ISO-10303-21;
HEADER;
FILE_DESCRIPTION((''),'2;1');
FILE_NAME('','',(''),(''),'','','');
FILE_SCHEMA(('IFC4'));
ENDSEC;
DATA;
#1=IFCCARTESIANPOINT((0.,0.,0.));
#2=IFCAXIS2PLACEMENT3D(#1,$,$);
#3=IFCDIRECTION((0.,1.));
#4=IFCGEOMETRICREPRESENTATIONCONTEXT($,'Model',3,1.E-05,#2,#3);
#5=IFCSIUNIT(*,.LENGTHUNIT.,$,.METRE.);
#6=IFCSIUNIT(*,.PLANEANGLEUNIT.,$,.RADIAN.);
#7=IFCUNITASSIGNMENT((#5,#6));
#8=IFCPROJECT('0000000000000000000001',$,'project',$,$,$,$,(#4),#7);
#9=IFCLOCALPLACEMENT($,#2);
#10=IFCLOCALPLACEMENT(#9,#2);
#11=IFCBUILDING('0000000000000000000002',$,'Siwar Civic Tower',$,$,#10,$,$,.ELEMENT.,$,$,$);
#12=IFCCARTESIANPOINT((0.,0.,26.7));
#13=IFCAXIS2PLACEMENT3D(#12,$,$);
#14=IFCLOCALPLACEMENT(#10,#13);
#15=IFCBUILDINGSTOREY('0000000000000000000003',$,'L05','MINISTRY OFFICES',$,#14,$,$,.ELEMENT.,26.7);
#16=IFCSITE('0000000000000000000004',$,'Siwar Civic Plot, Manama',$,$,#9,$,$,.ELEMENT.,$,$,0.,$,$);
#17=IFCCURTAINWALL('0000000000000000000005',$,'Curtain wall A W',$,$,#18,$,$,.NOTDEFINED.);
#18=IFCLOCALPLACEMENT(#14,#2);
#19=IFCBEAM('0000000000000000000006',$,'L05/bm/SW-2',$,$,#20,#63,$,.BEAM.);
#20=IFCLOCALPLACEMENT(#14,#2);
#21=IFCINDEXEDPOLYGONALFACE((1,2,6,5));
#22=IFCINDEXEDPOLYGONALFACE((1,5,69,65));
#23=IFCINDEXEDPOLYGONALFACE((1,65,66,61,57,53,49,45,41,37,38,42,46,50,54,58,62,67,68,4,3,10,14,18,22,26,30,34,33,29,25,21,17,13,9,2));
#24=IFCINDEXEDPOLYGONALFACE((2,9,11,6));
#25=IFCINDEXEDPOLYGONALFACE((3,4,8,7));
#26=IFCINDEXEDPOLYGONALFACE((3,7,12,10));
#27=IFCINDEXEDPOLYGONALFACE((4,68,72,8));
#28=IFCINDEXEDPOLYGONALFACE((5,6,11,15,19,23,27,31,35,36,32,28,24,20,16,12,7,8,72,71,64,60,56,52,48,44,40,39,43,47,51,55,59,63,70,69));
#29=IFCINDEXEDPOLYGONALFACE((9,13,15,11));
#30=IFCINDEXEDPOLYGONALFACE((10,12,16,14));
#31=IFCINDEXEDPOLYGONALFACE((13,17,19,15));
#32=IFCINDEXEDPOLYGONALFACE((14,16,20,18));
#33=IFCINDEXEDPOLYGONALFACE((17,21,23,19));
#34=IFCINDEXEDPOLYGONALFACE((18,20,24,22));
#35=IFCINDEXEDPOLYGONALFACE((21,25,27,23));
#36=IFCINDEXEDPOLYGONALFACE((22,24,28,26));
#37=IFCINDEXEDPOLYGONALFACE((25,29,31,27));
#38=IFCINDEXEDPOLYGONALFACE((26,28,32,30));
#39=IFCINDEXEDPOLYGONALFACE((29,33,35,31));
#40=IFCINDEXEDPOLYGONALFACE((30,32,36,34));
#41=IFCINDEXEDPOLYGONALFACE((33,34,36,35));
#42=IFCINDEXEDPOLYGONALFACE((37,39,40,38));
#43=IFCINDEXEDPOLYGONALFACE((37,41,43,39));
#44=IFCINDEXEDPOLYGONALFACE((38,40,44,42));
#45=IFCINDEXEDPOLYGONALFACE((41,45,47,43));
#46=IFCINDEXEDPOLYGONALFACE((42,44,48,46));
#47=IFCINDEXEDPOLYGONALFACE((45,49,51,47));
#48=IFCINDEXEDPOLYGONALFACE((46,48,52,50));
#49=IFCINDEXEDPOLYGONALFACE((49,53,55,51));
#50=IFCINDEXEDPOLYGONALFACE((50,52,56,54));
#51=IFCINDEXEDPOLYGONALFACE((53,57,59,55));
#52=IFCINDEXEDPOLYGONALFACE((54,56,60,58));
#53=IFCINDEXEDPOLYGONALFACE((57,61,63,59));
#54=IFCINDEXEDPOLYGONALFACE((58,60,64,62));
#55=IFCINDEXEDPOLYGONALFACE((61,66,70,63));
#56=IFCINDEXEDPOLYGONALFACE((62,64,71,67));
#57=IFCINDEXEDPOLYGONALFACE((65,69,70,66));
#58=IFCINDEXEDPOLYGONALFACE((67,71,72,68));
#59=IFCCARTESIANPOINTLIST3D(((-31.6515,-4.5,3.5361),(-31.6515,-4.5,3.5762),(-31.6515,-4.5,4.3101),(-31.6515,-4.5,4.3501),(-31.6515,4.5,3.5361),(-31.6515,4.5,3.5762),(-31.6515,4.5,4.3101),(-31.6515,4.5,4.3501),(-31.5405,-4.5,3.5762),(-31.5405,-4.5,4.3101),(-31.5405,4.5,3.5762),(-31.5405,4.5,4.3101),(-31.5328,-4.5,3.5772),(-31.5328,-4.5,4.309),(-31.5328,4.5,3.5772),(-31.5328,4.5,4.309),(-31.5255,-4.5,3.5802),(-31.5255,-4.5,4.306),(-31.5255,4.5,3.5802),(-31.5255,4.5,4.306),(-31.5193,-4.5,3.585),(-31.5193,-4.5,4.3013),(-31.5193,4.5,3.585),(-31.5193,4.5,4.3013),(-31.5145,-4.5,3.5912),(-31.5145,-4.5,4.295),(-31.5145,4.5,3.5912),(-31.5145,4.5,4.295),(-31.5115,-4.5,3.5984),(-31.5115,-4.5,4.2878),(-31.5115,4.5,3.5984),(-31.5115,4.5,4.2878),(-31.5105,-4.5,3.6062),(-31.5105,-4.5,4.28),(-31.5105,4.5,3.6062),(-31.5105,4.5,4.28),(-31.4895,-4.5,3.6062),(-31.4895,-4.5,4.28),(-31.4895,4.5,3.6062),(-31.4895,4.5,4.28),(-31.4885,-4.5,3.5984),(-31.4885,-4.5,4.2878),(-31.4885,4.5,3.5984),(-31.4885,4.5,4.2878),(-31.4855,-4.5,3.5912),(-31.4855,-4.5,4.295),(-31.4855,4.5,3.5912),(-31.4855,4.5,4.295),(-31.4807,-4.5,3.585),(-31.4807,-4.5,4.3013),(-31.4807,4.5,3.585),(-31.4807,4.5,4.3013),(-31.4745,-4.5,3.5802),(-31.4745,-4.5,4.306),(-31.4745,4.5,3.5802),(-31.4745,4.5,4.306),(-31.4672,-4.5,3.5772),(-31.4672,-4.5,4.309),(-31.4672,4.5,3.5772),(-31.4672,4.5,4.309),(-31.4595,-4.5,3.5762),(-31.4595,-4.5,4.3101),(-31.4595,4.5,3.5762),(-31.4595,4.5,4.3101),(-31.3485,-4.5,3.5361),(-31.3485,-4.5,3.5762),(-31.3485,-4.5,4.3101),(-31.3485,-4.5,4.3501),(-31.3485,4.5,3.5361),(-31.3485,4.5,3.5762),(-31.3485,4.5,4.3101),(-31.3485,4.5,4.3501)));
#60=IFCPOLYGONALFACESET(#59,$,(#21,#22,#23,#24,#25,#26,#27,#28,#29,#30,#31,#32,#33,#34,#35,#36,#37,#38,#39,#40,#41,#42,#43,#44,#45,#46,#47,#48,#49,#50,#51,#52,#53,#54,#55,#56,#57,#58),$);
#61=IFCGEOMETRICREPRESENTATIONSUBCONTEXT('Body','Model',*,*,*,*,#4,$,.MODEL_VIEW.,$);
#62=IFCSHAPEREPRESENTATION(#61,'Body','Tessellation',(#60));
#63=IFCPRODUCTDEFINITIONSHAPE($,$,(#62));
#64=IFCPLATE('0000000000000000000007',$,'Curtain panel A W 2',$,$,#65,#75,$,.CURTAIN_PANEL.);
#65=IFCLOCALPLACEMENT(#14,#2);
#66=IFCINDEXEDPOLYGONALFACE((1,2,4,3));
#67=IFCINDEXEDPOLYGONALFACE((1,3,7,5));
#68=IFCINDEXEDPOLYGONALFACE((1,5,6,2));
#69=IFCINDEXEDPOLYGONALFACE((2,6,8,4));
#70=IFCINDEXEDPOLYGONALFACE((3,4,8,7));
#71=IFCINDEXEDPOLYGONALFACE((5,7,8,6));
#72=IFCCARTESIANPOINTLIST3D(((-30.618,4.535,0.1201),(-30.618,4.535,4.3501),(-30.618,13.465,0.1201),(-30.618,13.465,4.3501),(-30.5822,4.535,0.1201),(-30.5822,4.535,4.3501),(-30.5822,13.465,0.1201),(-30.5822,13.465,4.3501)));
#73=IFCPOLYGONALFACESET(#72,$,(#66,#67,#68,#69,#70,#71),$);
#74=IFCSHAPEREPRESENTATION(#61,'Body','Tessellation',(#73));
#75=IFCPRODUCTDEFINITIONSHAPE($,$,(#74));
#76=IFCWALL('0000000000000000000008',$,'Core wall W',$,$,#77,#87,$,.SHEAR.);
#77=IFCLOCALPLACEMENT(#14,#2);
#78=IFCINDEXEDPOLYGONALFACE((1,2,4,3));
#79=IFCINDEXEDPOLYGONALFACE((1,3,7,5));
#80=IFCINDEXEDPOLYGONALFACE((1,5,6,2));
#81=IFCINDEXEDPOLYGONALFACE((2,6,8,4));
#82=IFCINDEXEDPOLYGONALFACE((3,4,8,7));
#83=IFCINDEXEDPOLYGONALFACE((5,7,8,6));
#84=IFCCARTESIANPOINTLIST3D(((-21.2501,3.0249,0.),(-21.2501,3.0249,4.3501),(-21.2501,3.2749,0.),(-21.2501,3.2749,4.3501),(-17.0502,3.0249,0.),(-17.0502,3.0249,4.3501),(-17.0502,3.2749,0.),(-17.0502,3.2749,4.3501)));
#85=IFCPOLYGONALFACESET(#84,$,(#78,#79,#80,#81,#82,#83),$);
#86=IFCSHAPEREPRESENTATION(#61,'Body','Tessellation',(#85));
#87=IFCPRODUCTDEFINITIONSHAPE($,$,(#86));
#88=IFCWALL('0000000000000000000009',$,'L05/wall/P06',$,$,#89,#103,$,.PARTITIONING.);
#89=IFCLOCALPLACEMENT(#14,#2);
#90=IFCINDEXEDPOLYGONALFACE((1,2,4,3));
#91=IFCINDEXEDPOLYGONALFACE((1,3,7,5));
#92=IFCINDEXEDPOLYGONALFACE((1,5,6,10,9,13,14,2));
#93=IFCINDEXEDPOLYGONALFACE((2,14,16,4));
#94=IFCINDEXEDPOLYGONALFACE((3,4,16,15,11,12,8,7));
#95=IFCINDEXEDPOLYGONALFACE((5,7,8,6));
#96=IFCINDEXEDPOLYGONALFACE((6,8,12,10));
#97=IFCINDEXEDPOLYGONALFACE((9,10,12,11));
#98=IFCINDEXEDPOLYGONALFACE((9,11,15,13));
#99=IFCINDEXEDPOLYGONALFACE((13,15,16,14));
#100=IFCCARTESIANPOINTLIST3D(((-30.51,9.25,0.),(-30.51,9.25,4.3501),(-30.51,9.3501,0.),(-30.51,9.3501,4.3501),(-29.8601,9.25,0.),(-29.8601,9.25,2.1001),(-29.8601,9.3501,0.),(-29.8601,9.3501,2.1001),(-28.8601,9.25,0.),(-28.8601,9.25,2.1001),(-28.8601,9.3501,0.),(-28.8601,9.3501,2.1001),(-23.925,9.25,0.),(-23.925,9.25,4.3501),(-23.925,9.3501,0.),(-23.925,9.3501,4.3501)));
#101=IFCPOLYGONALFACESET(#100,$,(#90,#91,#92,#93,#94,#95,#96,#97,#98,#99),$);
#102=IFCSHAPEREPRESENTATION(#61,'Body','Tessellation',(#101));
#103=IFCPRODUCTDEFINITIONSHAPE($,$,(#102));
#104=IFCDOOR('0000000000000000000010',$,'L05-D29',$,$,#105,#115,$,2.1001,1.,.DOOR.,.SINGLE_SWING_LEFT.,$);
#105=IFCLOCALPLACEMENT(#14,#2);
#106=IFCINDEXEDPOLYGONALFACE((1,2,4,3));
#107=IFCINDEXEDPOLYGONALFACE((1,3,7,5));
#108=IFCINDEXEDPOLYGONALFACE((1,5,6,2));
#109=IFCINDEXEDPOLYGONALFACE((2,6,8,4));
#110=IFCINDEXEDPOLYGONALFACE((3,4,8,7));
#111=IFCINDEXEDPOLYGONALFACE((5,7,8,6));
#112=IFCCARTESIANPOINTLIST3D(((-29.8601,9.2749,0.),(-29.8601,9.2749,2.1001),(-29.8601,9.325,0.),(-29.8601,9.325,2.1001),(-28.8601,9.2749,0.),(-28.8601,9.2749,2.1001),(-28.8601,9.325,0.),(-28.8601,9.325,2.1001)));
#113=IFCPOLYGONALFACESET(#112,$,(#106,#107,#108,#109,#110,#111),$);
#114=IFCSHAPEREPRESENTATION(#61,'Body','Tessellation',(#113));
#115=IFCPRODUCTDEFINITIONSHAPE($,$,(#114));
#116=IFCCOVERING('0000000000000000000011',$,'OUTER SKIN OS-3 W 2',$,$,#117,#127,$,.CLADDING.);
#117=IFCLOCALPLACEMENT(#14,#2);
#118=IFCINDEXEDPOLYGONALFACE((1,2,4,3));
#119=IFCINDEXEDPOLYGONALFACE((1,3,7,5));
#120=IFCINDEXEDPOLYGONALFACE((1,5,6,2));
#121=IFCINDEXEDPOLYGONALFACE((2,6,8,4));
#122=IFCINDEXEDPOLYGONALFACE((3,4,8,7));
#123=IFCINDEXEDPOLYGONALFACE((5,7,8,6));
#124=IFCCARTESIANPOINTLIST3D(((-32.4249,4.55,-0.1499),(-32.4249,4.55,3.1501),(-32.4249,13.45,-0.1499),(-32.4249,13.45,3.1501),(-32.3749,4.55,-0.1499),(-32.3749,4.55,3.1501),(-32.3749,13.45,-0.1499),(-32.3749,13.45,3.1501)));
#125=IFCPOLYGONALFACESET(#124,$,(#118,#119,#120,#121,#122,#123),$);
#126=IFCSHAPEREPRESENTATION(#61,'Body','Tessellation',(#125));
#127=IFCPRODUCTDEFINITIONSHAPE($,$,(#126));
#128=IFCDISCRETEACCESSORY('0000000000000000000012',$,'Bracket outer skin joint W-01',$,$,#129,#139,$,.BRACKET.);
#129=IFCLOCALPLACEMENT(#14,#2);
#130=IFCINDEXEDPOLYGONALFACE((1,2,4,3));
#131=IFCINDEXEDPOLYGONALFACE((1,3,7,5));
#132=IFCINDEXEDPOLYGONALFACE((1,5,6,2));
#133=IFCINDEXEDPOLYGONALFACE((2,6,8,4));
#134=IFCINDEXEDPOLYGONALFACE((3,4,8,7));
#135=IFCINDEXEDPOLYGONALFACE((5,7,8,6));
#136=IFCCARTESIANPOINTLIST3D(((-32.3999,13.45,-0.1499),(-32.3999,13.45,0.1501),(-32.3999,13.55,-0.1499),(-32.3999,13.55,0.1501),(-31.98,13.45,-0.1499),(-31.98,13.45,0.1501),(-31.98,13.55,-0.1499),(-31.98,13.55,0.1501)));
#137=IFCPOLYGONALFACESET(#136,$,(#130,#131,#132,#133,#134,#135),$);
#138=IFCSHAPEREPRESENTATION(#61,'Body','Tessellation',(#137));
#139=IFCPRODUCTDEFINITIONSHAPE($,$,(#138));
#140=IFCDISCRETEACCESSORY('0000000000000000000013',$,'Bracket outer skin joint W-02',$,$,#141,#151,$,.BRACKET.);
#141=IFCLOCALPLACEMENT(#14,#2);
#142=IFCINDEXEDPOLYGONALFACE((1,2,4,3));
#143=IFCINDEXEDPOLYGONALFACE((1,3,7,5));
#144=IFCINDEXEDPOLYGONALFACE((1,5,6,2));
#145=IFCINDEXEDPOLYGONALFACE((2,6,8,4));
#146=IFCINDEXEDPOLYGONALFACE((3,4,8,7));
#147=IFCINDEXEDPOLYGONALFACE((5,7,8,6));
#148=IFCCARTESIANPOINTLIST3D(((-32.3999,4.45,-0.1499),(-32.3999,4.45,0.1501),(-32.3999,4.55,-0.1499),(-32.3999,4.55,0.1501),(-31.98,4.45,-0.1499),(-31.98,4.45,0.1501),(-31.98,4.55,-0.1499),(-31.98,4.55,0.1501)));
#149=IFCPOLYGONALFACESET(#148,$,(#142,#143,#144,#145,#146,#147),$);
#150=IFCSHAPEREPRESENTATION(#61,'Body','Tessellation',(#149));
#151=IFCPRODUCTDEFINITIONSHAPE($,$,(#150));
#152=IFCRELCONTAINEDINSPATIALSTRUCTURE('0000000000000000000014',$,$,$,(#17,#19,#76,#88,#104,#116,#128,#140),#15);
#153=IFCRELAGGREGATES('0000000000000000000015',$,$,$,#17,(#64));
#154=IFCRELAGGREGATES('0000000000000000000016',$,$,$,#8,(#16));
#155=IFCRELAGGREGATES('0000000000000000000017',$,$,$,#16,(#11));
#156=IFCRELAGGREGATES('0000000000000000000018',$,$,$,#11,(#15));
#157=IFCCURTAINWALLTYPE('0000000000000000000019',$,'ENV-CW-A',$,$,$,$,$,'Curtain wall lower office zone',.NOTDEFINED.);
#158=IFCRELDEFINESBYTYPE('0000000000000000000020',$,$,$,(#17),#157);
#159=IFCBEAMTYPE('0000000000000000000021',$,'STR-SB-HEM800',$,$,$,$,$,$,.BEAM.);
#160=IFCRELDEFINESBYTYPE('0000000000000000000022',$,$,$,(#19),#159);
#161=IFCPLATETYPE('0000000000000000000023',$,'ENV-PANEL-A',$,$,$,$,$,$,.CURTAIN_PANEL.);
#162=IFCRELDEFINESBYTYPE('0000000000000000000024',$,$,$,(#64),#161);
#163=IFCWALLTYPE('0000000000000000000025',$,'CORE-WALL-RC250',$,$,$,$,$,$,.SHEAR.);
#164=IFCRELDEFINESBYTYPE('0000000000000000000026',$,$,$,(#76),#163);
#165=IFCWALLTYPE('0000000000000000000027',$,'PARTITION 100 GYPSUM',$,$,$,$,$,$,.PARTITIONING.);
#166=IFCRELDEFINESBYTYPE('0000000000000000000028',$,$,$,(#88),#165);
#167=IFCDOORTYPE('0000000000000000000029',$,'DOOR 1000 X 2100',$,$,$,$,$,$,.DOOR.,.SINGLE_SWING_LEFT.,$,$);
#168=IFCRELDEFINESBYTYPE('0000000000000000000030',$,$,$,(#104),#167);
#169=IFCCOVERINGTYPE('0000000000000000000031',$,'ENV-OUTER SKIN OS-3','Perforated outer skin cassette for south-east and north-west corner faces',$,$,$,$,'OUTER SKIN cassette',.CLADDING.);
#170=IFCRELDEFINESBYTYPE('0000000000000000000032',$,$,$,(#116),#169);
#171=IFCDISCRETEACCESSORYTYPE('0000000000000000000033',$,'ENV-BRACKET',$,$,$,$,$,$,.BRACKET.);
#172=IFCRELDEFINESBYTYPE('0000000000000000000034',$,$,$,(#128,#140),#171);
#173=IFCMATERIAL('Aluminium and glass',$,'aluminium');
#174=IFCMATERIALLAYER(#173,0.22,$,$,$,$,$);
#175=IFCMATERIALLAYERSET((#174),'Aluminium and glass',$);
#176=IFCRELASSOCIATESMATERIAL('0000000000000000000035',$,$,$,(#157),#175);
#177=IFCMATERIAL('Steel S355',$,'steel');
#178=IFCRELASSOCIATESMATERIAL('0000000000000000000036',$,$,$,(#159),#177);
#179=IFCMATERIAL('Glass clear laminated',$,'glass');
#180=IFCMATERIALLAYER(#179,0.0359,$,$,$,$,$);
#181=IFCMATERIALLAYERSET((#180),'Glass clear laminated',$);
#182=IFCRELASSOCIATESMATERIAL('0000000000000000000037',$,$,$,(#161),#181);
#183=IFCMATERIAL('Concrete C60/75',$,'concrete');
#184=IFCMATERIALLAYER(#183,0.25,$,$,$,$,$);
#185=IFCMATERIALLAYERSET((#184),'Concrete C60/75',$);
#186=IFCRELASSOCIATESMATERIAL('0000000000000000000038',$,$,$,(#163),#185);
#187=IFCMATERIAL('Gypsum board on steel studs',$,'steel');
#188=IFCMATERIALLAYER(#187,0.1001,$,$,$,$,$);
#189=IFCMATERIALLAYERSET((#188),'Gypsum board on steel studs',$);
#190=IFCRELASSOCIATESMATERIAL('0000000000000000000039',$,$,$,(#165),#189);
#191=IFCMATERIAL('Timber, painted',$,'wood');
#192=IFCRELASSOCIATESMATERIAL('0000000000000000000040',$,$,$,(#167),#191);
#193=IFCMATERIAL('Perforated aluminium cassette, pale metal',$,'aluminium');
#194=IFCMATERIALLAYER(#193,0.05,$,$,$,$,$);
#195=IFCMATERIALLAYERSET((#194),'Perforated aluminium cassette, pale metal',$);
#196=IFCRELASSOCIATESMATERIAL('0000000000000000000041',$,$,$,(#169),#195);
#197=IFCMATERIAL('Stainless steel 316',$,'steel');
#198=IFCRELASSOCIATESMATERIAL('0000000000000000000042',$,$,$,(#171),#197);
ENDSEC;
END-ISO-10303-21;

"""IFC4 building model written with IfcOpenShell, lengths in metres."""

from ifc_helpers import new_model, si_unit, direction, frame, frame_2d, origin, origin_2d, place, context, subcontext, project, spatial, rectangle, i_section, extrude, material, layer, layer_set, material_profile, profile_set, type_object, element, fill, aggregate, save


model = new_model("IFC4")

# Units and contexts
model_context = context("Model", 3, precision=1e-05, world=origin(), true_north=direction((0.0, 1.0)))
body_context = subcontext(model_context, "Body", "Model", "MODEL_VIEW")
ifc_project = project(units=[si_unit("LENGTHUNIT", "METRE"), si_unit("PLANEANGLEUNIT", "RADIAN")], contexts=[model_context])

# Site, building, storey
site_placement = place(None, origin())
site = spatial("IfcSite", under=ifc_project, at=site_placement, Name="Siwar Civic Plot, Manama", CompositionType="ELEMENT", RefElevation=0.0)
building_placement = place(site_placement, origin())
building = spatial("IfcBuilding", under=site, at=building_placement, Name="Siwar Civic Tower", CompositionType="ELEMENT")
storey_placement = place(building_placement, frame((0.0, 0.0, 26.7)))
storey = spatial("IfcBuildingStorey", under=building, at=storey_placement, Name="L05", Description="MINISTRY OFFICES", CompositionType="ELEMENT", Elevation=26.7)

# Curtain wall
ifc_material_1 = material(Name="Aluminium and glass", Category="aluminium")
ifc_layer_1 = layer(ifc_material_1, 0.22)
ifc_layer_set_1 = layer_set([ifc_layer_1], Name="Aluminium and glass")
curtain_wall_type = type_object("IfcCurtainWallType", Name="ENV-CW-A", ElementType="Curtain wall lower office zone", PredefinedType="NOTDEFINED", material=ifc_layer_set_1)
curtain_wall_placement = place(storey_placement, origin())
curtain_wall = element("IfcCurtainWall", 1, at=curtain_wall_placement, inside=storey, type_object=curtain_wall_type, Name="Curtain wall A W", PredefinedType="NOTDEFINED")

# Beam
ifc_material_2 = material(Name="Steel S355", Category="steel")
ifc_material_profile_1 = material_profile(ifc_material_2, i_section(OverallWidth=0.303, OverallDepth=0.814, WebThickness=0.021, FlangeThickness=0.04, FilletRadius=0.03, at=origin_2d()), Name="HEM800")
ifc_profile_set_1 = profile_set([ifc_material_profile_1], Name="Steel S355")
beam_type_1 = type_object("IfcBeamType", Name="STR-SB-HEM800", PredefinedType="BEAM", material=ifc_profile_set_1)
for number, where, z_axis, x_axis, name in (
    (2, (-31.5, 4.5, 3.9431), (0.0, -1.0, 0.0), (1.0, 0.0, 0.0), "L05/bm/SW-2"),
):
    element("IfcBeam", number, at=place(storey_placement, frame(where, z_axis=z_axis, x_axis=x_axis)), inside=storey, type_object=beam_type_1, Name=name, PredefinedType="BEAM", context=body_context, shape_type="SweptSolid", body=[
        extrude(i_section(OverallWidth=0.303, OverallDepth=0.814, WebThickness=0.021, FlangeThickness=0.04, FilletRadius=0.03, at=origin_2d()), origin(), (0.0, 0.0, 1.0), 9.0),
    ])

# Plate
ifc_material_3 = material(Name="Glass clear laminated", Category="glass")
ifc_layer_2 = layer(ifc_material_3, 0.0359)
ifc_layer_set_2 = layer_set([ifc_layer_2], Name="Glass clear laminated")
plate_type = type_object("IfcPlateType", Name="ENV-PANEL-A", PredefinedType="CURTAIN_PANEL", material=ifc_layer_set_2)
plate_placement = place(storey_placement, frame((-30.6001, 9.0, 0.1201), z_axis=(0.0, 0.0, 1.0), x_axis=(0.0, -1.0, 0.0)))
plate = element("IfcPlate", 3, at=plate_placement, type_object=plate_type, Name="Curtain panel A W 2", PredefinedType="CURTAIN_PANEL", context=body_context, shape_type="SweptSolid", body=[
    extrude(rectangle(XDim=8.9299, YDim=0.0359, at=origin_2d()), origin(), (0.0, 0.0, 1.0), 4.23),
])
aggregate(curtain_wall, [plate])

# Wall
ifc_material_4 = material(Name="Concrete C60/75", Category="concrete")
ifc_layer_3 = layer(ifc_material_4, 0.25)
ifc_layer_set_3 = layer_set([ifc_layer_3], Name="Concrete C60/75")
wall_type_1 = type_object("IfcWallType", Name="CORE-WALL-RC250", PredefinedType="SHEAR", material=ifc_layer_set_3)
wall_1_placement = place(storey_placement, frame((-17.05, 3.1499, 0.0), z_axis=(0.0, 0.0, 1.0), x_axis=(-1.0, 0.0, 0.0)))
element("IfcWall", 4, at=wall_1_placement, inside=storey, type_object=wall_type_1, Name="Core wall W", PredefinedType="SHEAR", context=body_context, shape_type="SweptSolid", body=[
    extrude(rectangle(XDim=4.2, YDim=0.25, at=frame_2d((2.1001, 0.0))), origin(), (0.0, 0.0, 1.0), 4.3501),
])

# Wall, opening, door
ifc_material_5 = material(Name="Gypsum board on steel studs", Category="steel")
ifc_layer_4 = layer(ifc_material_5, 0.1001)
ifc_layer_set_4 = layer_set([ifc_layer_4], Name="Gypsum board on steel studs")
wall_type_2 = type_object("IfcWallType", Name="PARTITION 100 GYPSUM", PredefinedType="PARTITIONING", material=ifc_layer_set_4)
wall_2_placement = place(storey_placement, frame((-30.51, 9.3, 0.0), z_axis=(0.0, 0.0, 1.0), x_axis=(1.0, 0.0, 0.0)))
wall_2 = element("IfcWall", 5, at=wall_2_placement, inside=storey, type_object=wall_type_2, Name="L05/wall/P06", PredefinedType="PARTITIONING", context=body_context, shape_type="SweptSolid", body=[
    extrude(rectangle(XDim=6.585, YDim=0.1001, at=frame_2d((3.2925, 0.0))), origin(), (0.0, 0.0, 1.0), 4.3501),
])
opening_placement = place(wall_2_placement, frame((0.6499, 0.0, 0.0)))
opening = element("IfcOpeningElement", 6, at=opening_placement, cuts=wall_2, PredefinedType="OPENING", context=body_context, shape_type="SweptSolid", body=[
    extrude(rectangle(XDim=1.0, YDim=2.1001, at=frame_2d((0.5, 1.05))), frame((0.0, 0.0601, 0.0), z_axis=(0.0, -1.0, 0.0), x_axis=(1.0, 0.0, 0.0)), (0.0, 0.0, 1.0), 0.1201),
])
ifc_material_6 = material(Name="Timber, painted", Category="wood")
door_type = type_object("IfcDoorType", Name="DOOR 1000 X 2100", OperationType="SINGLE_SWING_LEFT", PredefinedType="DOOR", material=ifc_material_6)
door_placement = place(opening_placement, origin())
door = element("IfcDoor", 7, at=door_placement, inside=storey, type_object=door_type, Name="L05-D29", OperationType="SINGLE_SWING_LEFT", OverallHeight=2.1001, OverallWidth=1.0, PredefinedType="DOOR", context=body_context, shape_type="SweptSolid", body=[
    extrude(rectangle(XDim=1.0, YDim=2.1001, at=frame_2d((0.5, 1.05))), frame((0.0, 0.0249, 0.0), z_axis=(0.0, -1.0, 0.0), x_axis=(1.0, 0.0, 0.0)), (0.0, 0.0, 1.0), 0.05),
])
fill(opening, door)

# Covering
ifc_material_7 = material(Name="Perforated aluminium cassette, pale metal", Category="aluminium")
ifc_layer_5 = layer(ifc_material_7, 0.05)
ifc_layer_set_5 = layer_set([ifc_layer_5], Name="Perforated aluminium cassette, pale metal")
covering_type = type_object("IfcCoveringType", Name="ENV-OUTER SKIN OS-3", Description="Perforated outer skin cassette for south-east and north-west corner faces", ElementType="OUTER SKIN cassette", PredefinedType="CLADDING", material=ifc_layer_set_5)
covering_placement = place(storey_placement, frame((-32.3999, 9.0, -0.1499), z_axis=(0.0, 0.0, 1.0), x_axis=(0.0, -1.0, 0.0)))
element("IfcCovering", 8, at=covering_placement, inside=storey, type_object=covering_type, Name="OUTER SKIN OS-3 W 2", PredefinedType="CLADDING", context=body_context, shape_type="SweptSolid", body=[
    extrude(rectangle(XDim=8.8999, YDim=0.05, at=origin_2d()), origin(), (0.0, 0.0, 1.0), 3.3),
])

# Discrete accessories
ifc_material_8 = material(Name="Stainless steel 316", Category="steel")
discrete_accessory_type = type_object("IfcDiscreteAccessoryType", Name="ENV-BRACKET", PredefinedType="BRACKET", material=ifc_material_8)
for number, where, z_axis, x_axis, name in (
    (9, (-32.1899, 13.5, -0.1499), (0.0, 0.0, 1.0), (-1.0, 0.0, 0.0), "Bracket outer skin joint W-01"),
    (10, (-32.1899, 4.5, -0.1499), (0.0, 0.0, 1.0), (-1.0, 0.0, 0.0), "Bracket outer skin joint W-02"),
):
    element("IfcDiscreteAccessory", number, at=place(storey_placement, frame(where, z_axis=z_axis, x_axis=x_axis)), inside=storey, type_object=discrete_accessory_type, Name=name, PredefinedType="BRACKET", context=body_context, shape_type="SweptSolid", body=[
        extrude(rectangle(XDim=0.4199, YDim=0.1001, at=origin_2d()), origin(), (0.0, 0.0, 1.0), 0.3),
    ])

save(model, "model.ifc")
